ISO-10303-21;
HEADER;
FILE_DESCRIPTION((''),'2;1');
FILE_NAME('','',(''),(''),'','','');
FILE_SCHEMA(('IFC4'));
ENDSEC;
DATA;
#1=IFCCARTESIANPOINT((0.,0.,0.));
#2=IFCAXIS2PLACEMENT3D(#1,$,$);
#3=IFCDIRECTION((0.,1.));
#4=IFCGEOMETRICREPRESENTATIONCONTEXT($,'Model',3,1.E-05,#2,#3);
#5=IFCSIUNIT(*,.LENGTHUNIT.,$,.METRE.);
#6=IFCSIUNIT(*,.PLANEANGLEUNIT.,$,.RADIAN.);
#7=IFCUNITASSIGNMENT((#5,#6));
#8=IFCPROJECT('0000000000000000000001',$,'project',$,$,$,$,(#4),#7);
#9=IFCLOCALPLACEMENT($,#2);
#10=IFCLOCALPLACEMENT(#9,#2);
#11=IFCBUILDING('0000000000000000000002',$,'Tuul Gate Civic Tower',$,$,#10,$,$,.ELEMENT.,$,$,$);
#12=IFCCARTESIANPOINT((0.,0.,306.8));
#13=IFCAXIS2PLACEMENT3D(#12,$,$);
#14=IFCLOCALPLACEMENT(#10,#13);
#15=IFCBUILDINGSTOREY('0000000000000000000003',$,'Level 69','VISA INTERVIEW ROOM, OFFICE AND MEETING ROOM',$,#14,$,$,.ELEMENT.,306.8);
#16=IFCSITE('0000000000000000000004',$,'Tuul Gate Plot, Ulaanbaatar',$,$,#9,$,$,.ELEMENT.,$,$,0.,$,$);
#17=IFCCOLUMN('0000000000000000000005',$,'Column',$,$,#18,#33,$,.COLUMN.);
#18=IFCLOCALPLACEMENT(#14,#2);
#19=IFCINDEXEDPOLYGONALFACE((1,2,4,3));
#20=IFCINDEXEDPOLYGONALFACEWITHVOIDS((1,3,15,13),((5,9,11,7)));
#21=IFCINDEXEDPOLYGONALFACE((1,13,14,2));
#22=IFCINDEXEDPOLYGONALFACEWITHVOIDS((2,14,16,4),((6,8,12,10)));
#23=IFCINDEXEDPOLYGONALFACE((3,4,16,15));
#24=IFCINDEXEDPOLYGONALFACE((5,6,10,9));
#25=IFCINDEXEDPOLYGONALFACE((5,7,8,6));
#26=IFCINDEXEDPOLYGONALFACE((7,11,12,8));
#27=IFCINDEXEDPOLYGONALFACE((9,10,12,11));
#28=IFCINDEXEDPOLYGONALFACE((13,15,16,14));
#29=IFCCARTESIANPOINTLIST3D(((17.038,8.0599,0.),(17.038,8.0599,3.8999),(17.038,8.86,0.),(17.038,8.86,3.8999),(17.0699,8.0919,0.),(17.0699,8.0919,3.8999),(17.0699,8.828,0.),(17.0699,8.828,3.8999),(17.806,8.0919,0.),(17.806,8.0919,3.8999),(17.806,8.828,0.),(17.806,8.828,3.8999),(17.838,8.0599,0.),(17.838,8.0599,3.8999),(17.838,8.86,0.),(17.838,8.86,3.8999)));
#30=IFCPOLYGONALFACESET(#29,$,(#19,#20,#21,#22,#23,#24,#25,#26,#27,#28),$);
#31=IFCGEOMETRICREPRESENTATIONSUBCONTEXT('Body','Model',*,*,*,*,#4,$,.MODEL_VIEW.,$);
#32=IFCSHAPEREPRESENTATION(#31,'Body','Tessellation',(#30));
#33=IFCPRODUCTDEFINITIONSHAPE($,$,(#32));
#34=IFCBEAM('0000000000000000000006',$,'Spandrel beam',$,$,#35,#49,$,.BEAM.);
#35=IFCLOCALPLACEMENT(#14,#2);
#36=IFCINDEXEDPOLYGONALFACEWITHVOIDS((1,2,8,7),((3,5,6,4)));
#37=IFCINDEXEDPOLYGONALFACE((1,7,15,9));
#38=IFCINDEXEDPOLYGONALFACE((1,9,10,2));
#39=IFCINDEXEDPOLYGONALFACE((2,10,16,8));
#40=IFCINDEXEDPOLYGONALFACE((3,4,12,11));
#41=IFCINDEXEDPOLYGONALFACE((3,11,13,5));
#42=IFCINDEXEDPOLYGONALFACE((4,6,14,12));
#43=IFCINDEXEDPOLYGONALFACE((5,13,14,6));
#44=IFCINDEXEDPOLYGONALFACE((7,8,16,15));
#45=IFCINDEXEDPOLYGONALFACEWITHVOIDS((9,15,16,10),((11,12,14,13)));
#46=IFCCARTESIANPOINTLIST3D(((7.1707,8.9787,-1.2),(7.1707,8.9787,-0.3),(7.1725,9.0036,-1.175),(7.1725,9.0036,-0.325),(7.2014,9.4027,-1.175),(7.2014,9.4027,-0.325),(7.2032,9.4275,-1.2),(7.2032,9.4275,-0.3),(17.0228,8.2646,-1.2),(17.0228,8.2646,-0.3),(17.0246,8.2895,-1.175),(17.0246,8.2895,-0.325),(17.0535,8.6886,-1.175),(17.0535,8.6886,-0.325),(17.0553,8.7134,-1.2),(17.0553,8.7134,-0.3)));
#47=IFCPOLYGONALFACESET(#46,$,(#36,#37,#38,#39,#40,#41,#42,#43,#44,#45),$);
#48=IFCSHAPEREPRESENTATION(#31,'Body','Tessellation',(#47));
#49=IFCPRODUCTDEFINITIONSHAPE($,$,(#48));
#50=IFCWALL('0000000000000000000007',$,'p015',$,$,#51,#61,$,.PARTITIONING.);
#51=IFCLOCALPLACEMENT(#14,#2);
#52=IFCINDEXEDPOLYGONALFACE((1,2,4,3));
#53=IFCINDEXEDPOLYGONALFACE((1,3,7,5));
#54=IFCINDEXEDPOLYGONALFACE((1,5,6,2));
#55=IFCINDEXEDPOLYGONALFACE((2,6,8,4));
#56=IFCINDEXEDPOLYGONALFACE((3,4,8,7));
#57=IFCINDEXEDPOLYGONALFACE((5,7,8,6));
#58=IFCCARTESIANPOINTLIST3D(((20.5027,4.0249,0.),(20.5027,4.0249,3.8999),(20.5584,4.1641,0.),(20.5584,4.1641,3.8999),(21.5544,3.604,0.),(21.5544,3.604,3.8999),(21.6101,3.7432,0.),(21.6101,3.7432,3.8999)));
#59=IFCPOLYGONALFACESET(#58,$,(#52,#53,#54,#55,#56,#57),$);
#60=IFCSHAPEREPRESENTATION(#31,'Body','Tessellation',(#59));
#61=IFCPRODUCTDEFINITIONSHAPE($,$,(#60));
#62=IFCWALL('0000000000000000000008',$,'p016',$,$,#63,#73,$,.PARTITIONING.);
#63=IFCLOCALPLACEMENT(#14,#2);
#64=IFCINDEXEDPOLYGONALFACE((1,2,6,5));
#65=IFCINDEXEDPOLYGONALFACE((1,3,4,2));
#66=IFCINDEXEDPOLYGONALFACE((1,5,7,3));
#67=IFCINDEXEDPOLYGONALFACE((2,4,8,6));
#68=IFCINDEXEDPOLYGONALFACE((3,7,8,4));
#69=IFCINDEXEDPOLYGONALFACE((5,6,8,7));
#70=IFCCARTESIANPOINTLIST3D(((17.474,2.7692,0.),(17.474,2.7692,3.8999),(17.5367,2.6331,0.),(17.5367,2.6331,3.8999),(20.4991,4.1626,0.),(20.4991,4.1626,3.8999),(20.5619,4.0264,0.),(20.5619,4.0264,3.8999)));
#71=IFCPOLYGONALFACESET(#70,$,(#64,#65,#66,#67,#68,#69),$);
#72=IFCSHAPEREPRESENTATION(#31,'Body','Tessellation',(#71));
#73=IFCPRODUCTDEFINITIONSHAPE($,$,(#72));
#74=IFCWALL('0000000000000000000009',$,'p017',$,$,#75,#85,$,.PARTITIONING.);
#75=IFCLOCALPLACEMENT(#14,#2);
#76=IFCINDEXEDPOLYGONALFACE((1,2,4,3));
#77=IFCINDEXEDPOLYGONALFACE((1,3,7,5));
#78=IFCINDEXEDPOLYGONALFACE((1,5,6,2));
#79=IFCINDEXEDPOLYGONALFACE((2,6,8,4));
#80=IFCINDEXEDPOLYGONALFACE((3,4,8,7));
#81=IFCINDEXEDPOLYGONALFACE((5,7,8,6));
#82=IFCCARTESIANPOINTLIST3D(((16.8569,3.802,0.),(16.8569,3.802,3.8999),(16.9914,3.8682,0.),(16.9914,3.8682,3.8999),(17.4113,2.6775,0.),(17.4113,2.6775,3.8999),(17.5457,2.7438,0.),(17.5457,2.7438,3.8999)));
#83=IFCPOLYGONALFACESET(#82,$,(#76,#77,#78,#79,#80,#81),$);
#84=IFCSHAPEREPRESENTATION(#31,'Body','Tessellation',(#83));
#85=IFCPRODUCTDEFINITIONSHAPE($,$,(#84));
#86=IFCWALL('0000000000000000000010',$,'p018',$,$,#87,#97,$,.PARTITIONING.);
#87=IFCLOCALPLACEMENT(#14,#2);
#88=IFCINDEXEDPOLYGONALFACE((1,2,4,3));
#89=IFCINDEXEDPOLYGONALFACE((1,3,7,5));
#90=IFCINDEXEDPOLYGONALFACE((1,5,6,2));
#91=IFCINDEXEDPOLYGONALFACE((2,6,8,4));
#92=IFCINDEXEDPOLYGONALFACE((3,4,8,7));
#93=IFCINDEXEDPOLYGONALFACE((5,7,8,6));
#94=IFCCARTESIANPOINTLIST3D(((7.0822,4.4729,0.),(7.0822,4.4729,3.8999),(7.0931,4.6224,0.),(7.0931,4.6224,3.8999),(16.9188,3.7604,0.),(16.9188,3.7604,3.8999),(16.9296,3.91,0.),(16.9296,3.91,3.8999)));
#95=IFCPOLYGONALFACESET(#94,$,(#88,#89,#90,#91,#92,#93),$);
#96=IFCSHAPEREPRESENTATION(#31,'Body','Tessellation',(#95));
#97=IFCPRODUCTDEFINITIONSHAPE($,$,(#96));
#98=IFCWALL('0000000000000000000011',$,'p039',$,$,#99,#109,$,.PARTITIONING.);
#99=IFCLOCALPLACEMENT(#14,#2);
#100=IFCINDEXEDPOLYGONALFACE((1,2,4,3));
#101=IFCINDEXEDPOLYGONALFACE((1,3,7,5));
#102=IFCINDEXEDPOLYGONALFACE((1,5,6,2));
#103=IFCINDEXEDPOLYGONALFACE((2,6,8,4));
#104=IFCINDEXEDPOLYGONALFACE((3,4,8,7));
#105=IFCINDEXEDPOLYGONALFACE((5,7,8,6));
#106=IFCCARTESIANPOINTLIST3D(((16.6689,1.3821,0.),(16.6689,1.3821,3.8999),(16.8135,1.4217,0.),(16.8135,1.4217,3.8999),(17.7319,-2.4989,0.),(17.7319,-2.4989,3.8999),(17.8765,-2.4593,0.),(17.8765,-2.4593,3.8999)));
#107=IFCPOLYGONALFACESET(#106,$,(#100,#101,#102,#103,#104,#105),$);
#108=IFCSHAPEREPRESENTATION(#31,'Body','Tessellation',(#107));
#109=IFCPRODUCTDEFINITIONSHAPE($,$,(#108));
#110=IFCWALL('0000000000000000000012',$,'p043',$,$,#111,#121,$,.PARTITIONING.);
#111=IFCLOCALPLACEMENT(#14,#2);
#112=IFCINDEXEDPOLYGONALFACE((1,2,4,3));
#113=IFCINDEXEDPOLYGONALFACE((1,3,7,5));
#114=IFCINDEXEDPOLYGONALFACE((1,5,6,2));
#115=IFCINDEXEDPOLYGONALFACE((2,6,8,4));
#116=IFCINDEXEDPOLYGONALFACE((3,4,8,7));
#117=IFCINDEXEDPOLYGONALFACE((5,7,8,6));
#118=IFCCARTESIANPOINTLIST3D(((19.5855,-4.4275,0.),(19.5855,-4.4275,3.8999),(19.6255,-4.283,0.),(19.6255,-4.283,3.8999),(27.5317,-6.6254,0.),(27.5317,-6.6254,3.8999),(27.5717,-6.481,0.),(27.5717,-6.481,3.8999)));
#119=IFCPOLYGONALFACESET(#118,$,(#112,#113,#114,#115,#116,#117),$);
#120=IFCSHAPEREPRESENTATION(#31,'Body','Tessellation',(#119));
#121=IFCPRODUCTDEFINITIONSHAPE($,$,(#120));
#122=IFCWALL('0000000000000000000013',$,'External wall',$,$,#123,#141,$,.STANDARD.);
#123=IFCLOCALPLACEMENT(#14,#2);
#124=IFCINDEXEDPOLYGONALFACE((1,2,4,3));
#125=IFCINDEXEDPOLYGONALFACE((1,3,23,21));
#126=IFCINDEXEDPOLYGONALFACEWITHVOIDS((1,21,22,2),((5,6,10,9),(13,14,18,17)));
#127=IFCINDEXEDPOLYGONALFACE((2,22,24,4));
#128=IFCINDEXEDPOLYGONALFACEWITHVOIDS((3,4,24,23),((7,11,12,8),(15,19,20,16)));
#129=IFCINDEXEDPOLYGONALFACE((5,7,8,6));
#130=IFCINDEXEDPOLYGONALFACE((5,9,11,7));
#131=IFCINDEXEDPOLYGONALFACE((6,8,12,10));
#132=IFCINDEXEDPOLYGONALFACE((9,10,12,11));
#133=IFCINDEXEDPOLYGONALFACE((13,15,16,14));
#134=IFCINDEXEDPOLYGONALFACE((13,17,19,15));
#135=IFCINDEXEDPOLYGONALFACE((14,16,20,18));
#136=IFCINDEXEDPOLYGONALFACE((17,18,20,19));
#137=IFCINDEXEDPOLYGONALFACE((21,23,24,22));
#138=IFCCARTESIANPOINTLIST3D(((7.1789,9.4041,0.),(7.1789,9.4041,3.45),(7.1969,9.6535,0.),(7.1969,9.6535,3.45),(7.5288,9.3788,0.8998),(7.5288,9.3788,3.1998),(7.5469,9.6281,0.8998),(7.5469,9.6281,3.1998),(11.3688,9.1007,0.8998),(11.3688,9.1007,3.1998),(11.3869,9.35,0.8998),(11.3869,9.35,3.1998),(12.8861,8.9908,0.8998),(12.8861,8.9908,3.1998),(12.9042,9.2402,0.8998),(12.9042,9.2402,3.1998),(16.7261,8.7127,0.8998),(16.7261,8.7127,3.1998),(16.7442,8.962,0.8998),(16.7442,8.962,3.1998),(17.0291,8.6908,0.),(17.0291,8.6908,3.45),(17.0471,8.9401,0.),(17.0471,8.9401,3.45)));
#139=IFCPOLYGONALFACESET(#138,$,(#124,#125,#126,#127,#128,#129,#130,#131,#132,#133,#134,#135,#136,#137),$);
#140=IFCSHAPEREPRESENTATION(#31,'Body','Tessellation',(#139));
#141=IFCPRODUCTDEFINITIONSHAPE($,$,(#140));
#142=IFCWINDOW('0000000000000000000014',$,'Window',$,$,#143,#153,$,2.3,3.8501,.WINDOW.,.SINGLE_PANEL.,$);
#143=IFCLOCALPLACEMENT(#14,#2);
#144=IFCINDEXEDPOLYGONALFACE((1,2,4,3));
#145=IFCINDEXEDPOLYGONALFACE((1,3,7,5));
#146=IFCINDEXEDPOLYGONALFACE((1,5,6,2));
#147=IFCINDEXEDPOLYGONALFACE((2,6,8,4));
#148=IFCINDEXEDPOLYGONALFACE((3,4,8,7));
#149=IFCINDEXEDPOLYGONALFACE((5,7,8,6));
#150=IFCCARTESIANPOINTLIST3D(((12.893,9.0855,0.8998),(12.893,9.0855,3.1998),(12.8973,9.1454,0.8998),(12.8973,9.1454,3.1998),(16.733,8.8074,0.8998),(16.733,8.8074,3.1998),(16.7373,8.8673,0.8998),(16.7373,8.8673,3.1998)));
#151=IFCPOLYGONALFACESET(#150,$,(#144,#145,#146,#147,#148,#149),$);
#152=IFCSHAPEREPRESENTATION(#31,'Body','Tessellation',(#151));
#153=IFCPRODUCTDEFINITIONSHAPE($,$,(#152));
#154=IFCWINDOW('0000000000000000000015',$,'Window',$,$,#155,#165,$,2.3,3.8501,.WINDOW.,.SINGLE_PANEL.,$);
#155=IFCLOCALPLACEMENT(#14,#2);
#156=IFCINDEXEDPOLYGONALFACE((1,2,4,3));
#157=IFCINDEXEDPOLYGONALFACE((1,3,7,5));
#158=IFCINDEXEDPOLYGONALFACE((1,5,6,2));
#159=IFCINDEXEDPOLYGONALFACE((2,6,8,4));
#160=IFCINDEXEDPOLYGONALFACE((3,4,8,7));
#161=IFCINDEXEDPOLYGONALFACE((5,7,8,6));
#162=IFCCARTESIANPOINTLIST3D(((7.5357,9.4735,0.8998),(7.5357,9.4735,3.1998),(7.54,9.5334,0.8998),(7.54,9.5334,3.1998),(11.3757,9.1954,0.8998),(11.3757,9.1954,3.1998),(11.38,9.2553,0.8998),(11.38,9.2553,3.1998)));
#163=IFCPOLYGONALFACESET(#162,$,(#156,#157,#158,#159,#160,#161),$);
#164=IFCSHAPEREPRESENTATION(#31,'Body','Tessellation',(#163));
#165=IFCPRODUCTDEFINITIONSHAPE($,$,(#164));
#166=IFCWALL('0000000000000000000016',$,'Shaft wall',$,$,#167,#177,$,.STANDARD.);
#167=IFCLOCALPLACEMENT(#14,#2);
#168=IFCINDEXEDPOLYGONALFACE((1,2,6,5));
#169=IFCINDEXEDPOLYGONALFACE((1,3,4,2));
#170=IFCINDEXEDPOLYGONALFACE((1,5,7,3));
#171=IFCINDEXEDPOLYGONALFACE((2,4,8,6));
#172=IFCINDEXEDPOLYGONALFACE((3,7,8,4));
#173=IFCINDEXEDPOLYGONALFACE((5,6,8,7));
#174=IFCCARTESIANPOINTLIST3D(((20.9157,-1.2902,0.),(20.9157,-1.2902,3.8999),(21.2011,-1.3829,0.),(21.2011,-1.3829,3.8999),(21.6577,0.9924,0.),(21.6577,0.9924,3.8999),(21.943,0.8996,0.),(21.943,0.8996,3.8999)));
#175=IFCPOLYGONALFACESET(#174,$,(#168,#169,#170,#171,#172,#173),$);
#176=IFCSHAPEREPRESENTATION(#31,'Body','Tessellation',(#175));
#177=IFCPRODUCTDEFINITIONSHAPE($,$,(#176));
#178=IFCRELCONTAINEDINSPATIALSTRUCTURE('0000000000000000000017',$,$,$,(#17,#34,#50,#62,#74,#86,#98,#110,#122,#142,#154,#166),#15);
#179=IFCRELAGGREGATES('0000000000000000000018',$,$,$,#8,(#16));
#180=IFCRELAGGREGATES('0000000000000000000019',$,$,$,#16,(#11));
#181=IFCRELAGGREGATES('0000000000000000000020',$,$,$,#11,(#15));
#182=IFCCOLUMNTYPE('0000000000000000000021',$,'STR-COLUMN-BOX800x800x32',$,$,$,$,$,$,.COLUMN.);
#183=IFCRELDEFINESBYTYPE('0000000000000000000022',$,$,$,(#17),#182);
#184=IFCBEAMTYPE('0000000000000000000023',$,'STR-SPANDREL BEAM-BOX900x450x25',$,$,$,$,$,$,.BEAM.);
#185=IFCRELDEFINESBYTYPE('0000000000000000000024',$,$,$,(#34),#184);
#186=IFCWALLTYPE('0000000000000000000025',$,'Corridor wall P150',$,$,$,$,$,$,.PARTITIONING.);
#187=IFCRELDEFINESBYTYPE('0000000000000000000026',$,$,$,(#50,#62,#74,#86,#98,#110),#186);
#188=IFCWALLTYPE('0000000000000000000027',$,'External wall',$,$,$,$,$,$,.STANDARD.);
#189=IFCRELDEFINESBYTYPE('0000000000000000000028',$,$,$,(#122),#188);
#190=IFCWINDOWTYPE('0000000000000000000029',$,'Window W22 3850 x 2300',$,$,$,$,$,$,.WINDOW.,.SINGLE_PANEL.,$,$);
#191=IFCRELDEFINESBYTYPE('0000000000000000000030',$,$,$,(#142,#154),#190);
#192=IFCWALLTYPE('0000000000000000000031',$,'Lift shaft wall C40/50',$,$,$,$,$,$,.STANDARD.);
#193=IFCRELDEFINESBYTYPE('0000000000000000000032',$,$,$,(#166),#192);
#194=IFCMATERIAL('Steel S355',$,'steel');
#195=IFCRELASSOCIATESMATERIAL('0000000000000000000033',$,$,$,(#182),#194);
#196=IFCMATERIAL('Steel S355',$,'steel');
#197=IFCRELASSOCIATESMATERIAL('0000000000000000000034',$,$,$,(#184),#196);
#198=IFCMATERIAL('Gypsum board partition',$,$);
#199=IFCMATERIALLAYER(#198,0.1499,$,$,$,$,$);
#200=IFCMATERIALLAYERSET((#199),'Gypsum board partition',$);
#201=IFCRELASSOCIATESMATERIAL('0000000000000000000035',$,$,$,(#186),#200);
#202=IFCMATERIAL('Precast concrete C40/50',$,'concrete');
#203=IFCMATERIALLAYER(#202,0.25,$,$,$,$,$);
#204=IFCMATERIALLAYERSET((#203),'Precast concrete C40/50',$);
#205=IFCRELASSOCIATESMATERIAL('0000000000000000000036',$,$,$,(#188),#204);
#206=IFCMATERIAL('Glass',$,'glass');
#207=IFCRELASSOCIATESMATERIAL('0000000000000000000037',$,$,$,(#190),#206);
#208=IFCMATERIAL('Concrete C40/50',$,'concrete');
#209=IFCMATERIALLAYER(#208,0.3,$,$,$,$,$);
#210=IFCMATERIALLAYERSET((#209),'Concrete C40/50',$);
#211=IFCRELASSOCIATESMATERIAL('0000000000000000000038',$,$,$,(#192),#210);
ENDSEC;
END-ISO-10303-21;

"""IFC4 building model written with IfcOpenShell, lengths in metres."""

from ifc_helpers import new_model, si_unit, direction, frame, frame_2d, origin, origin_2d, place, context, subcontext, project, spatial, rectangle, hollow_rectangle, extrude, material, layer, layer_set, material_profile, profile_set, type_object, element, fill, save


model = new_model("IFC4")

# Units and contexts
model_context = context("Model", 3, precision=1e-05, world=origin(), true_north=direction((0.0, 1.0)))
body_context = subcontext(model_context, "Body", "Model", "MODEL_VIEW")
ifc_project = project(units=[si_unit("LENGTHUNIT", "METRE"), si_unit("PLANEANGLEUNIT", "RADIAN")], contexts=[model_context])

# Site, building, storey
site_placement = place(None, origin())
site = spatial("IfcSite", under=ifc_project, at=site_placement, Name="Tuul Gate Plot, Ulaanbaatar", CompositionType="ELEMENT", RefElevation=0.0)
building_placement = place(site_placement, origin())
building = spatial("IfcBuilding", under=site, at=building_placement, Name="Tuul Gate Civic Tower", CompositionType="ELEMENT")
storey_placement = place(building_placement, frame((0.0, 0.0, 306.8)))
storey = spatial("IfcBuildingStorey", under=building, at=storey_placement, Name="Level 69", Description="VISA INTERVIEW ROOM, OFFICE AND MEETING ROOM", CompositionType="ELEMENT", Elevation=306.8)

# Column
ifc_material_1 = material(Name="Steel S355", Category="steel")
ifc_material_profile_1 = material_profile(ifc_material_1, hollow_rectangle(XDim=0.8, YDim=0.8, WallThickness=0.032, at=origin_2d()), Name="BOX800x800x32")
ifc_profile_set_1 = profile_set([ifc_material_profile_1], Name="Steel S355")
column_type = type_object("IfcColumnType", Name="STR-COLUMN-BOX800x800x32", PredefinedType="COLUMN", material=ifc_profile_set_1)
column_placement = place(storey_placement, frame((17.438, 8.46, 0.0), z_axis=(0.0, 0.0, 1.0), x_axis=(1.0, 0.0, 0.0)))
element("IfcColumn", 1, at=column_placement, inside=storey, type_object=column_type, Name="Column", PredefinedType="COLUMN", context=body_context, shape_type="SweptSolid", body=[
    extrude(hollow_rectangle(XDim=0.8, YDim=0.8, WallThickness=0.032, at=origin_2d()), origin(), (0.0, 0.0, 1.0), 3.8999),
])

# Beam
ifc_material_2 = material(Name="Steel S355", Category="steel")
ifc_material_profile_2 = material_profile(ifc_material_2, hollow_rectangle(XDim=0.45, YDim=0.8999, WallThickness=0.0249, at=origin_2d()), Name="BOX900x450x25")
ifc_profile_set_2 = profile_set([ifc_material_profile_2], Name="Steel S355")
beam_type = type_object("IfcBeamType", Name="STR-SPANDREL BEAM-BOX900x450x25", PredefinedType="BEAM", material=ifc_profile_set_2)
beam_placement = place(storey_placement, frame((17.0391, 8.489, -0.75), z_axis=(-0.997383, 0.072294, 0.0), x_axis=(-0.072294, -0.997383, 0.0)))
element("IfcBeam", 2, at=beam_placement, inside=storey, type_object=beam_type, Name="Spandrel beam", PredefinedType="BEAM", context=body_context, shape_type="SweptSolid", body=[
    extrude(hollow_rectangle(XDim=0.45, YDim=0.8999, WallThickness=0.0249, at=origin_2d()), origin(), (0.0, 0.0, 1.0), 9.8779),
])

# Walls
ifc_material_3 = material(Name="Gypsum board partition")
ifc_layer_1 = layer(ifc_material_3, 0.1499)
ifc_layer_set_1 = layer_set([ifc_layer_1], Name="Gypsum board partition")
wall_type_1 = type_object("IfcWallType", Name="Corridor wall P150", PredefinedType="PARTITIONING", material=ifc_layer_set_1)
wall_1_placement = place(storey_placement, frame((20.5305, 4.0945, 0.0), z_axis=(0.0, 0.0, 1.0), x_axis=(0.928417, -0.371539, 0.0)))
element("IfcWall", 3, at=wall_1_placement, inside=storey, type_object=wall_type_1, Name="p015", PredefinedType="PARTITIONING", context=body_context, shape_type="SweptSolid", body=[
    extrude(rectangle(XDim=1.1328, YDim=0.1499, at=frame_2d((0.5664, 0.0))), origin(), (0.0, 0.0, 1.0), 3.8999),
])
wall_2_placement = place(storey_placement, frame((17.5054, 2.7012, 0.0), z_axis=(0.0, 0.0, 1.0), x_axis=(0.908292, 0.418338, 0.0)))
element("IfcWall", 4, at=wall_2_placement, inside=storey, type_object=wall_type_1, Name="p016", PredefinedType="PARTITIONING", context=body_context, shape_type="SweptSolid", body=[
    extrude(rectangle(XDim=3.3306, YDim=0.1499, at=frame_2d((1.6653, 0.0))), origin(), (0.0, 0.0, 1.0), 3.8999),
])
wall_3_placement = place(storey_placement, frame((16.9241, 3.8352, 0.0), z_axis=(0.0, 0.0, 1.0), x_axis=(0.442222, -0.896906, 0.0)))
element("IfcWall", 5, at=wall_3_placement, inside=storey, type_object=wall_type_1, Name="p017", PredefinedType="PARTITIONING", context=body_context, shape_type="SweptSolid", body=[
    extrude(rectangle(XDim=1.2537, YDim=0.1499, at=frame_2d((0.627, 0.0))), origin(), (0.0, 0.0, 1.0), 3.8999),
])
wall_4_placement = place(storey_placement, frame((7.0876, 4.5476, 0.0), z_axis=(0.0, 0.0, 1.0), x_axis=(0.997388, -0.072236, 0.0)))
element("IfcWall", 6, at=wall_4_placement, inside=storey, type_object=wall_type_1, Name="p018", PredefinedType="PARTITIONING", context=body_context, shape_type="SweptSolid", body=[
    extrude(rectangle(XDim=9.8623, YDim=0.1499, at=frame_2d((4.9312, 0.0))), origin(), (0.0, 0.0, 1.0), 3.8999),
])
wall_5_placement = place(storey_placement, frame((16.7412, 1.4019, 0.0), z_axis=(0.0, 0.0, 1.0), x_axis=(0.264175, -0.964475, 0.0)))
element("IfcWall", 7, at=wall_5_placement, inside=storey, type_object=wall_type_1, Name="p039", PredefinedType="PARTITIONING", context=body_context, shape_type="SweptSolid", body=[
    extrude(rectangle(XDim=4.0239, YDim=0.1499, at=frame_2d((2.012, 0.0))), origin(), (0.0, 0.0, 1.0), 3.8999),
])
wall_6_placement = place(storey_placement, frame((19.6055, -4.3552, 0.0), z_axis=(0.0, 0.0, 1.0), x_axis=(0.963808, -0.266596, 0.0)))
element("IfcWall", 8, at=wall_6_placement, inside=storey, type_object=wall_type_1, Name="p043", PredefinedType="PARTITIONING", context=body_context, shape_type="SweptSolid", body=[
    extrude(rectangle(XDim=8.2446, YDim=0.1499, at=frame_2d((4.1223, 0.0))), origin(), (0.0, 0.0, 1.0), 3.8999),
])

# Wall, openings, windows
ifc_material_4 = material(Name="Precast concrete C40/50", Category="concrete")
ifc_layer_2 = layer(ifc_material_4, 0.25)
ifc_layer_set_2 = layer_set([ifc_layer_2], Name="Precast concrete C40/50")
wall_type_2 = type_object("IfcWallType", Name="External wall", PredefinedType="STANDARD", material=ifc_layer_set_2)
wall_7_placement = place(storey_placement, frame((17.0381, 8.8154, 0.0), z_axis=(0.0, 0.0, 1.0), x_axis=(-0.997388, 0.072234, 0.0)))
wall_7 = element("IfcWall", 9, at=wall_7_placement, inside=storey, type_object=wall_type_2, Name="External wall", PredefinedType="STANDARD", context=body_context, shape_type="SweptSolid", body=[
    extrude(rectangle(XDim=9.876, YDim=0.25, at=frame_2d((4.938, 0.0))), origin(), (0.0, 0.0, 1.0), 3.45),
])
opening_1_placement = place(wall_7_placement, frame((0.3037, 0.0, 0.8999)))
opening_1 = element("IfcOpeningElement", 10, at=opening_1_placement, cuts=wall_7, PredefinedType="OPENING", context=body_context, shape_type="SweptSolid", body=[
    extrude(rectangle(XDim=3.8501, YDim=2.3, at=frame_2d((1.925, 1.1499))), frame((0.0, 0.135, 0.0), z_axis=(0.0, -1.0, 0.0), x_axis=(1.0, 0.0, 0.0)), (0.0, 0.0, 1.0), 0.27),
])
opening_2_placement = place(wall_7_placement, frame((5.675, 0.0, 0.8999)))
opening_2 = element("IfcOpeningElement", 11, at=opening_2_placement, cuts=wall_7, PredefinedType="OPENING", context=body_context, shape_type="SweptSolid", body=[
    extrude(rectangle(XDim=3.8501, YDim=2.3, at=frame_2d((1.925, 1.1499))), frame((0.0, 0.135, 0.0), z_axis=(0.0, -1.0, 0.0), x_axis=(1.0, 0.0, 0.0)), (0.0, 0.0, 1.0), 0.27),
])
ifc_material_5 = material(Name="Glass", Category="glass")
window_type = type_object("IfcWindowType", Name="Window W22 3850 x 2300", PartitioningType="SINGLE_PANEL", PredefinedType="WINDOW", material=ifc_material_5)
window_1_placement = place(opening_1_placement, origin())
window_1 = element("IfcWindow", 12, at=window_1_placement, inside=storey, type_object=window_type, Name="Window", OverallHeight=2.3, OverallWidth=3.8501, PartitioningType="SINGLE_PANEL", PredefinedType="WINDOW", context=body_context, shape_type="SweptSolid", body=[
    extrude(rectangle(XDim=3.8501, YDim=2.3, at=frame_2d((1.925, 1.1499))), frame((0.0, 0.03, 0.0), z_axis=(0.0, -1.0, 0.0), x_axis=(1.0, 0.0, 0.0)), (0.0, 0.0, 1.0), 0.0601),
])
fill(opening_1, window_1)
window_2_placement = place(opening_2_placement, origin())
window_2 = element("IfcWindow", 13, at=window_2_placement, inside=storey, type_object=window_type, Name="Window", OverallHeight=2.3, OverallWidth=3.8501, PartitioningType="SINGLE_PANEL", PredefinedType="WINDOW", context=body_context, shape_type="SweptSolid", body=[
    extrude(rectangle(XDim=3.8501, YDim=2.3, at=frame_2d((1.925, 1.1499))), frame((0.0, 0.03, 0.0), z_axis=(0.0, -1.0, 0.0), x_axis=(1.0, 0.0, 0.0)), (0.0, 0.0, 1.0), 0.0601),
])
fill(opening_2, window_2)

# Wall
ifc_material_6 = material(Name="Concrete C40/50", Category="concrete")
ifc_layer_3 = layer(ifc_material_6, 0.3)
ifc_layer_set_3 = layer_set([ifc_layer_3], Name="Concrete C40/50")
wall_type_3 = type_object("IfcWallType", Name="Lift shaft wall C40/50", PredefinedType="STANDARD", material=ifc_layer_set_3)
wall_8_placement = place(storey_placement, frame((21.0583, -1.3367, 0.0), z_axis=(0.0, 0.0, 1.0), x_axis=(0.309139, 0.951017, 0.0)))
element("IfcWall", 14, at=wall_8_placement, inside=storey, type_object=wall_type_3, Name="Shaft wall", PredefinedType="STANDARD", context=body_context, shape_type="SweptSolid", body=[
    extrude(rectangle(XDim=2.4001, YDim=0.3, at=frame_2d((1.2002, 0.0))), origin(), (0.0, 0.0, 1.0), 3.8999),
])

save(model, "model.ifc")
